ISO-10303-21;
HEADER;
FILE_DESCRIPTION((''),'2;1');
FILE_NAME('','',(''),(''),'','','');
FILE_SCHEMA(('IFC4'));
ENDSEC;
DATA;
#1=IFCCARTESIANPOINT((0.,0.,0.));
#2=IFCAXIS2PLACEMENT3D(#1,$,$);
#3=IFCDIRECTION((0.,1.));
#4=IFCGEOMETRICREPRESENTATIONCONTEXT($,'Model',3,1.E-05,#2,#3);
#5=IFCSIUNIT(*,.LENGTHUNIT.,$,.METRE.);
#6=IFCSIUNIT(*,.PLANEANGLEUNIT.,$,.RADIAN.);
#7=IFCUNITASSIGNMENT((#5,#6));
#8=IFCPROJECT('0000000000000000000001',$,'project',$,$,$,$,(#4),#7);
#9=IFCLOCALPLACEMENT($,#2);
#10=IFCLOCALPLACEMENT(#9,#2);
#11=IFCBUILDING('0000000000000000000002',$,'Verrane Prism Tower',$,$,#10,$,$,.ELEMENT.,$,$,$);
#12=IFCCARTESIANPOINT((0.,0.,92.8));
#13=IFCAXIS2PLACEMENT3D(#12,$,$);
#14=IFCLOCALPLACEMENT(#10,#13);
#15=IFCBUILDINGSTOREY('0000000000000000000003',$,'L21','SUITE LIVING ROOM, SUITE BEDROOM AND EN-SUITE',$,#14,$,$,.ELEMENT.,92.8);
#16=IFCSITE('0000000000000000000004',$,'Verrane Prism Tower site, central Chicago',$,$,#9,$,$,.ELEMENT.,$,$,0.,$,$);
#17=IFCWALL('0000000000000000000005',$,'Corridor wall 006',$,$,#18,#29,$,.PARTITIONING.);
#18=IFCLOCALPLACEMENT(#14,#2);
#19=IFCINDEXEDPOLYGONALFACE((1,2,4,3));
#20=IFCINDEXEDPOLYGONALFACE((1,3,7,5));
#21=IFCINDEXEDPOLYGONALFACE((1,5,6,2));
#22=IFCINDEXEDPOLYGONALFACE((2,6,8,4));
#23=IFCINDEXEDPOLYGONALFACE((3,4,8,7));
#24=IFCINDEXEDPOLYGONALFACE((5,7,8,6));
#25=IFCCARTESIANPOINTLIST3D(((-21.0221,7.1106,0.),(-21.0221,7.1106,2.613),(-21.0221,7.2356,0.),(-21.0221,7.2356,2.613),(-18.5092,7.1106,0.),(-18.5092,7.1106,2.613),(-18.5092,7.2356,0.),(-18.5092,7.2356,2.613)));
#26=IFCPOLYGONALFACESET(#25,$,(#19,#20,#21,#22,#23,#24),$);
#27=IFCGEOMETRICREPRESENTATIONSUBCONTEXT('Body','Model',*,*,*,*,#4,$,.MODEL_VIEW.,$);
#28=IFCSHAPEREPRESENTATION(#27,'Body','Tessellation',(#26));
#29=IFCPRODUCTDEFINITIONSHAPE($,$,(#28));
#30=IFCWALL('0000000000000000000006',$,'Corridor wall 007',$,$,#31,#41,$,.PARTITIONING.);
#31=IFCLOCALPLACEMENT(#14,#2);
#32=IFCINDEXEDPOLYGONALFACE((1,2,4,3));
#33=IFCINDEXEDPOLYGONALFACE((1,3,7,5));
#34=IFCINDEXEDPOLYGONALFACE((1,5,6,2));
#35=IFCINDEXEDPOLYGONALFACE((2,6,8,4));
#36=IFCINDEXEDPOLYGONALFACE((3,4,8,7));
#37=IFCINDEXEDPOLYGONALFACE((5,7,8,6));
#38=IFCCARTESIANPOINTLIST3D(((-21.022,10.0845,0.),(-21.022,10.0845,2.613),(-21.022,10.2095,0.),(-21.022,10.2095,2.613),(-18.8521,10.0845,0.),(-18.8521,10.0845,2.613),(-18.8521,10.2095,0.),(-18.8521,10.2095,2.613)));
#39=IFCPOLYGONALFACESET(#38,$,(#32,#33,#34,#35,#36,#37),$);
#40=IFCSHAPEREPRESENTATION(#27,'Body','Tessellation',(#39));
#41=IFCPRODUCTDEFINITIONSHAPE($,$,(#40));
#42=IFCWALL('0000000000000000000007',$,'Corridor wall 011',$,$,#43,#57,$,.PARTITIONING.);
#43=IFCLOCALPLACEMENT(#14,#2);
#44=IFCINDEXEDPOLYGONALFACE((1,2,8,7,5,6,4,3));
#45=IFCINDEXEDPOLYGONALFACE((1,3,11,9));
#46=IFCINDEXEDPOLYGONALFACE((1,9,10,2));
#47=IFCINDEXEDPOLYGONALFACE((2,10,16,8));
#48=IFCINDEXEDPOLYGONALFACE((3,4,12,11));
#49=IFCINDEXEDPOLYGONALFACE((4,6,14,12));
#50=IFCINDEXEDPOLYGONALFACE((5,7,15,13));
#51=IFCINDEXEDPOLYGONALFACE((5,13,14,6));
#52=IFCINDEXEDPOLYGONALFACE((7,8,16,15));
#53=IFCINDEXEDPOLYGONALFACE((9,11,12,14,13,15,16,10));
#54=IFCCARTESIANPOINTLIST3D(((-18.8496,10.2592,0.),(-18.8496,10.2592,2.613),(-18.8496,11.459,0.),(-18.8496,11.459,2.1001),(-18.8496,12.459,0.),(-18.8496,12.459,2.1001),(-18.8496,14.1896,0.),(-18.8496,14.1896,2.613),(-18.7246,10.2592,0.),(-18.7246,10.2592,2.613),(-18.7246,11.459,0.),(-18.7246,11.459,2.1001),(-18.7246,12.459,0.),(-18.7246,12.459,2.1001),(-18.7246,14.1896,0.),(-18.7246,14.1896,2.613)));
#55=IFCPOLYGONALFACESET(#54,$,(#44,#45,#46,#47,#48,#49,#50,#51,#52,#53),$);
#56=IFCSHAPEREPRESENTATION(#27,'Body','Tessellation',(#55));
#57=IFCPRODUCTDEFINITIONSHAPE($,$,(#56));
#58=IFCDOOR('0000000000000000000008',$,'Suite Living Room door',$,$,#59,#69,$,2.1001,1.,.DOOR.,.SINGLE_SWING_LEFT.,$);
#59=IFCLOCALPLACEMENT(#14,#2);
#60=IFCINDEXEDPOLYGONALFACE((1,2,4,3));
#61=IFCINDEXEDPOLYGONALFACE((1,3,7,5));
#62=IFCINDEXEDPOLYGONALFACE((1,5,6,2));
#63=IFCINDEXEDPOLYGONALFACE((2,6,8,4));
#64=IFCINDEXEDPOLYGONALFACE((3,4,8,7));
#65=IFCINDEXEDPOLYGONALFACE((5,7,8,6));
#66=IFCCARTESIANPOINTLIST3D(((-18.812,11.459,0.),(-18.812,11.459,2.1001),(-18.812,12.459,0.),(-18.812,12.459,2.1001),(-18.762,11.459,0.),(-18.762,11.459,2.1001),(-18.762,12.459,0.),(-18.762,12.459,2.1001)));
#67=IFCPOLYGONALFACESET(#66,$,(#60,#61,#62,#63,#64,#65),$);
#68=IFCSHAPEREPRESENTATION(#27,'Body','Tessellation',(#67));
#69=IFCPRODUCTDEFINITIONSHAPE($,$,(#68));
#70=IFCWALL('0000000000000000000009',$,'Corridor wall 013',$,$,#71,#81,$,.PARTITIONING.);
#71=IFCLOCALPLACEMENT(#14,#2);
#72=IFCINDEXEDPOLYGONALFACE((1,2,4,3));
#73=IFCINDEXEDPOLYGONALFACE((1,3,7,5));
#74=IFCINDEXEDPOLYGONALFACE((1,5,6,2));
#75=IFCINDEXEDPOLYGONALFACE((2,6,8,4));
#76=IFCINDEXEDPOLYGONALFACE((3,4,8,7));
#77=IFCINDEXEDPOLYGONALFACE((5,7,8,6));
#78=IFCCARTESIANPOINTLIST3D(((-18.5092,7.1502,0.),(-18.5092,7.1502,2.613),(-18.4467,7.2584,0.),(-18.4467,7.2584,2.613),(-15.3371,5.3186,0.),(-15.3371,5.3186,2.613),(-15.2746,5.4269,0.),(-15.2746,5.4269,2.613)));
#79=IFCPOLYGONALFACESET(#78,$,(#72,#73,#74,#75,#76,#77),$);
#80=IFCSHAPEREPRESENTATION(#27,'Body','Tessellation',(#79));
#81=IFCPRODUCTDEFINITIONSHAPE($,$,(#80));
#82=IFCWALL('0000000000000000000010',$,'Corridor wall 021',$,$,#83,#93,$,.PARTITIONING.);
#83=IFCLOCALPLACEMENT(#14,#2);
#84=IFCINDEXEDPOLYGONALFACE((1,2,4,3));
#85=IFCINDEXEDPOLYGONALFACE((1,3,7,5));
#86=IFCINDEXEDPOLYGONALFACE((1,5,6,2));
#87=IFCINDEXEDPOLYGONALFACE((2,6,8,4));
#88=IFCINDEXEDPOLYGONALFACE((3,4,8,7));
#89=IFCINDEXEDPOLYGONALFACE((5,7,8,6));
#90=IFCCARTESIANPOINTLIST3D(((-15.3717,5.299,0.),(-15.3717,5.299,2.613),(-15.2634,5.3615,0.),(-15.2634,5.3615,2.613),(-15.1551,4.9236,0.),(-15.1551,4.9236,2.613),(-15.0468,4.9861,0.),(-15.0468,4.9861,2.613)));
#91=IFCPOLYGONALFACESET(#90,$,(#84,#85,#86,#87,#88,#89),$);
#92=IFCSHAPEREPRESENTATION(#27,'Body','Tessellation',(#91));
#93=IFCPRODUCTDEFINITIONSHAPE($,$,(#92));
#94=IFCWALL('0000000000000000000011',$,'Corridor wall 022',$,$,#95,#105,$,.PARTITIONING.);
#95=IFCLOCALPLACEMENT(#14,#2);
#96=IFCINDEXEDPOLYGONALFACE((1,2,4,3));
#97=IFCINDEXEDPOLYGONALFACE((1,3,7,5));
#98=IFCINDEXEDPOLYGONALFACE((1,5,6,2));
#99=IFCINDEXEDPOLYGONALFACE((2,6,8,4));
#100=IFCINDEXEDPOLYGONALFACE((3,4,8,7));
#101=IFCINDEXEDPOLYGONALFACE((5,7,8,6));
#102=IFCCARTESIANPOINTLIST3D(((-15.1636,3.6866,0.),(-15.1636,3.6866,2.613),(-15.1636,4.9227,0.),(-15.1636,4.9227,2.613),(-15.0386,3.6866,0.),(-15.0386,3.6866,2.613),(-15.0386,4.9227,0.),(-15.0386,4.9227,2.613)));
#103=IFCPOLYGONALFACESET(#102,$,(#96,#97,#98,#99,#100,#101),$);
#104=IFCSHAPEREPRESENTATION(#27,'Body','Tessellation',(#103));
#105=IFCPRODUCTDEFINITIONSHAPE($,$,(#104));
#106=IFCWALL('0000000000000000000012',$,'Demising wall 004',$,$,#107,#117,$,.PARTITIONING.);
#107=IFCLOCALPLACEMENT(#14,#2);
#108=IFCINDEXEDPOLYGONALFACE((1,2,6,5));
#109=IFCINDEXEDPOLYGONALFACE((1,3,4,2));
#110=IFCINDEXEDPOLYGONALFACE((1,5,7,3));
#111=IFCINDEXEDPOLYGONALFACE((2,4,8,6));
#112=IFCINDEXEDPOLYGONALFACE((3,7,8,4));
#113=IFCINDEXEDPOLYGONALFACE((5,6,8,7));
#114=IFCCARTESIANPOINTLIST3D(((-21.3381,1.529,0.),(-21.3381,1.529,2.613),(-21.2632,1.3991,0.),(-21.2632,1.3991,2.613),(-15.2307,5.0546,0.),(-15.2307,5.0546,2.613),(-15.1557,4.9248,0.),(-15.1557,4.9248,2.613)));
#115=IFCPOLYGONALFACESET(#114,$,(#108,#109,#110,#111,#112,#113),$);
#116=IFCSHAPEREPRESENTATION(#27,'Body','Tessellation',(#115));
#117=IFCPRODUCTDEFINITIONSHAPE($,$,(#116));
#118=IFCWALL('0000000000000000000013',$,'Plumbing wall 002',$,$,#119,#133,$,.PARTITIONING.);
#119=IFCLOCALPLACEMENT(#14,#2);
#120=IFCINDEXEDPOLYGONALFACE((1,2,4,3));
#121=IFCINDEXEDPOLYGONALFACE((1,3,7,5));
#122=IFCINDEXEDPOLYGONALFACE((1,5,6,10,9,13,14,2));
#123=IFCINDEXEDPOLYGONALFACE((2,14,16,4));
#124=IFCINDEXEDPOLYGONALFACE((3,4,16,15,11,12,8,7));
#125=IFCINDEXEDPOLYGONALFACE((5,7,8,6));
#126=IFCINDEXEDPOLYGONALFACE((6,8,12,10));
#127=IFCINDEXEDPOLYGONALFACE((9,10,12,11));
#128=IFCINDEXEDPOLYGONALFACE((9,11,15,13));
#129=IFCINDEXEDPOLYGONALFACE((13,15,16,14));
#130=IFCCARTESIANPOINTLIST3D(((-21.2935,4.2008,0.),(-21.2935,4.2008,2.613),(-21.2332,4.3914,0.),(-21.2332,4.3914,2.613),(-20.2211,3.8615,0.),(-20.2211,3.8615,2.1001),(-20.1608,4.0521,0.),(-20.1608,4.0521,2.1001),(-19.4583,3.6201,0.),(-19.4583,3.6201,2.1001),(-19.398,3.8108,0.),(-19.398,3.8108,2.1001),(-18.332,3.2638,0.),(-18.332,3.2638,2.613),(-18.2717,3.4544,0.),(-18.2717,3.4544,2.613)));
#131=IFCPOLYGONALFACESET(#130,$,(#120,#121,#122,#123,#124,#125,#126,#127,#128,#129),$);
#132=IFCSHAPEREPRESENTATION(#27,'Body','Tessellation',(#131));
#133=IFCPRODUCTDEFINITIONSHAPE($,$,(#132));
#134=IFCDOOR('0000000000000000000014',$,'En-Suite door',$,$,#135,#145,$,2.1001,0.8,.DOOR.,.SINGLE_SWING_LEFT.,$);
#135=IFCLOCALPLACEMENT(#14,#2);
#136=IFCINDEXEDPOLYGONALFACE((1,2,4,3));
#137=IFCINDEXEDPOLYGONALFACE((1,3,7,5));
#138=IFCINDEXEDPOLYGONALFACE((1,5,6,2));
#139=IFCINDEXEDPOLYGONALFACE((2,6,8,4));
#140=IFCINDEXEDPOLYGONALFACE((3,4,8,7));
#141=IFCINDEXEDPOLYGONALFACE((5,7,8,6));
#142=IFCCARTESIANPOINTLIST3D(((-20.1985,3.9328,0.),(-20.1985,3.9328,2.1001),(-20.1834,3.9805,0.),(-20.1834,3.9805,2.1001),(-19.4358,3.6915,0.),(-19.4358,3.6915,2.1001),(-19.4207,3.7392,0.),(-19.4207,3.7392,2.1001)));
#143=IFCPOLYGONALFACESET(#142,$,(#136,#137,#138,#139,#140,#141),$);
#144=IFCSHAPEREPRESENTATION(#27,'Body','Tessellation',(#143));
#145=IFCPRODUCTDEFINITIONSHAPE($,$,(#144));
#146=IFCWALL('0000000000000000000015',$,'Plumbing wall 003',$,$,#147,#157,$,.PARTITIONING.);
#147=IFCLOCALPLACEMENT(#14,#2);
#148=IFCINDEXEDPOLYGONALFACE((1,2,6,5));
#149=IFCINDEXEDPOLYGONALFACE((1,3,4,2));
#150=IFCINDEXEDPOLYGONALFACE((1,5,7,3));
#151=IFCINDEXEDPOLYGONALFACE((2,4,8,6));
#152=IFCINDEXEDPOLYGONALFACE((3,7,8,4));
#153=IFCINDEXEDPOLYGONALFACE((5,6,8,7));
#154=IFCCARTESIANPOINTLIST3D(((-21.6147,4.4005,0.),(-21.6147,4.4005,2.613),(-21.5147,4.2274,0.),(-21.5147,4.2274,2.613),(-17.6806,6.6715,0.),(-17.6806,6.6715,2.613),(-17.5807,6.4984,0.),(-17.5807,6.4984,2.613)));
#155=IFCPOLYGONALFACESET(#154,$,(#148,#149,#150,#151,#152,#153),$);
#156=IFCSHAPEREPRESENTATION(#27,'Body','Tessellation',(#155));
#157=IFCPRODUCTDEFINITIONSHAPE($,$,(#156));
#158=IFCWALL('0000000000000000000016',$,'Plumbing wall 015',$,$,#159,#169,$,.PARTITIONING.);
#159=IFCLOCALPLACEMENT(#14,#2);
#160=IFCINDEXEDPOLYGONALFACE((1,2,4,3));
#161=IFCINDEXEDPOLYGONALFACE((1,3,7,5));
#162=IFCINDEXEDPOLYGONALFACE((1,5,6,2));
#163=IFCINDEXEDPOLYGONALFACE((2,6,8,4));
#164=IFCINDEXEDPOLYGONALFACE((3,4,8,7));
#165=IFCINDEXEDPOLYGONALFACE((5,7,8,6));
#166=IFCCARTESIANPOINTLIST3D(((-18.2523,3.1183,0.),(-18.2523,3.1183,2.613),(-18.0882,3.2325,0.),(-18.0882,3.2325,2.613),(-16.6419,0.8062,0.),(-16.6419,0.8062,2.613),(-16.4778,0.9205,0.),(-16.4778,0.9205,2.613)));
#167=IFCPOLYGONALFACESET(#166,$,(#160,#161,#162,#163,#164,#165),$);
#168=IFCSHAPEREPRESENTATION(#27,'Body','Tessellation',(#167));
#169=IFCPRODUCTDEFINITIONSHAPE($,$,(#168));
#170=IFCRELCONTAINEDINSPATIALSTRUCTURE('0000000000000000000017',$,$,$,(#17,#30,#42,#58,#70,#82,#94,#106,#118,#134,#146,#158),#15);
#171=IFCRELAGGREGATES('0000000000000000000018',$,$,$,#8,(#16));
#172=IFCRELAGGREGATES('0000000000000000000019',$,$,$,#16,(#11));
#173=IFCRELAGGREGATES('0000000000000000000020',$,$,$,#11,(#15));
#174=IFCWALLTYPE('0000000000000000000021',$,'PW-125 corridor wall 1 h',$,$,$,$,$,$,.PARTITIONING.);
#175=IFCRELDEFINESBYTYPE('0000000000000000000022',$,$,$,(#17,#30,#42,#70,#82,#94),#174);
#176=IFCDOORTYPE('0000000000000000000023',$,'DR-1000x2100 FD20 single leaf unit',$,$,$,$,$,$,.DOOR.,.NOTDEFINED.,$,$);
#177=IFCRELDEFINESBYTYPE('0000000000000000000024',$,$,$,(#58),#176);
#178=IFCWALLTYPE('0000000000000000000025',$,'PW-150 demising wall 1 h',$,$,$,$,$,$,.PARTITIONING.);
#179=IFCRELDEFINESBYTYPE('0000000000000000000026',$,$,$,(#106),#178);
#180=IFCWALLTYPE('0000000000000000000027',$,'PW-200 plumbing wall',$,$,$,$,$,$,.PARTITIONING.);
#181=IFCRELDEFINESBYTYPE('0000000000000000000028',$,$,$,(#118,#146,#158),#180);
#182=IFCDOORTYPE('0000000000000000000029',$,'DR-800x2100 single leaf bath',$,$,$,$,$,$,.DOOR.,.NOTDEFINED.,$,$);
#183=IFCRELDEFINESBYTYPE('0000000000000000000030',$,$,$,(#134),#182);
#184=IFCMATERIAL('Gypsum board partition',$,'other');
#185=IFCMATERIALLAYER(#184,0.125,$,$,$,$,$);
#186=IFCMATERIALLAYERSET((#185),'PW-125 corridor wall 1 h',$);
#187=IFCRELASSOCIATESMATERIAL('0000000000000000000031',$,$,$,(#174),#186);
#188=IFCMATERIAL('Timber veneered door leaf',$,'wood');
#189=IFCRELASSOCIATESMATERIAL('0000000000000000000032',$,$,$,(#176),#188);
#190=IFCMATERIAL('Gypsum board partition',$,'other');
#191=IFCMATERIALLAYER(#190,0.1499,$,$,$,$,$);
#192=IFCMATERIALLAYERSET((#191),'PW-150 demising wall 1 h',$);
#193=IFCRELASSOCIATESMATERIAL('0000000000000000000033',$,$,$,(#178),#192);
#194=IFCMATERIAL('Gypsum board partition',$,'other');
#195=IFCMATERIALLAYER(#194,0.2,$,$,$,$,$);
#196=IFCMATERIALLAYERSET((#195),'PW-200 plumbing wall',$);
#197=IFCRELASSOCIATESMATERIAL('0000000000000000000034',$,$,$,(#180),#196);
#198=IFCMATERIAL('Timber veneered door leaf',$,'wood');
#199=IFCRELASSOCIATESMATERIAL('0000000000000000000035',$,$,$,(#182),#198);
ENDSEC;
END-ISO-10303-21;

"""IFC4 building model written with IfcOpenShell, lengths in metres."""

from ifc_helpers import new_model, si_unit, direction, frame, frame_2d, origin, place, context, subcontext, project, spatial, rectangle, extrude, material, layer, layer_set, type_object, element, fill, save


model = new_model("IFC4")

# Units and contexts
model_context = context("Model", 3, precision=1e-05, world=origin(), true_north=direction((0.0, 1.0)))
body_context = subcontext(model_context, "Body", "Model", "MODEL_VIEW")
ifc_project = project(units=[si_unit("LENGTHUNIT", "METRE"), si_unit("PLANEANGLEUNIT", "RADIAN")], contexts=[model_context])

# Site, building, storey
site_placement = place(None, origin())
site = spatial("IfcSite", under=ifc_project, at=site_placement, Name="Verrane Prism Tower site, central Chicago", CompositionType="ELEMENT", RefElevation=0.0)
building_placement = place(site_placement, origin())
building = spatial("IfcBuilding", under=site, at=building_placement, Name="Verrane Prism Tower", CompositionType="ELEMENT")
storey_placement = place(building_placement, frame((0.0, 0.0, 92.8)))
storey = spatial("IfcBuildingStorey", under=building, at=storey_placement, Name="L21", Description="SUITE LIVING ROOM, SUITE BEDROOM AND EN-SUITE", CompositionType="ELEMENT", Elevation=92.8)

# Walls
ifc_material_1 = material(Name="Gypsum board partition", Category="other")
ifc_layer_1 = layer(ifc_material_1, 0.125)
ifc_layer_set_1 = layer_set([ifc_layer_1], Name="PW-125 corridor wall 1 h")
wall_type_1 = type_object("IfcWallType", Name="PW-125 corridor wall 1 h", PredefinedType="PARTITIONING", material=ifc_layer_set_1)
wall_1_placement = place(storey_placement, frame((-21.022, 7.1731, 0.0), z_axis=(0.0, 0.0, 1.0), x_axis=(1.0, 0.0, 0.0)))
element("IfcWall", 1, at=wall_1_placement, inside=storey, type_object=wall_type_1, Name="Corridor wall 006", PredefinedType="PARTITIONING", context=body_context, shape_type="SweptSolid", body=[
    extrude(rectangle(XDim=2.5129, YDim=0.125, at=frame_2d((1.2563, 0.0))), origin(), (0.0, 0.0, 1.0), 2.613),
])
wall_2_placement = place(storey_placement, frame((-21.022, 10.147, 0.0), z_axis=(0.0, 0.0, 1.0), x_axis=(1.0, 0.0, 0.0)))
element("IfcWall", 2, at=wall_2_placement, inside=storey, type_object=wall_type_1, Name="Corridor wall 007", PredefinedType="PARTITIONING", context=body_context, shape_type="SweptSolid", body=[
    extrude(rectangle(XDim=2.1699, YDim=0.125, at=frame_2d((1.085, 0.0))), origin(), (0.0, 0.0, 1.0), 2.613),
])

# Wall, opening, door
wall_3_placement = place(storey_placement, frame((-18.7871, 10.259, 0.0), z_axis=(0.0, 0.0, 1.0), x_axis=(0.0, 1.0, 0.0)))
wall_3 = element("IfcWall", 3, at=wall_3_placement, inside=storey, type_object=wall_type_1, Name="Corridor wall 011", PredefinedType="PARTITIONING", context=body_context, shape_type="SweptSolid", body=[
    extrude(rectangle(XDim=3.9304, YDim=0.125, at=frame_2d((1.9653, 0.0))), origin(), (0.0, 0.0, 1.0), 2.613),
])
opening_1_placement = place(wall_3_placement, frame((1.2, 0.0, 0.0)))
opening_1 = element("IfcOpeningElement", 4, at=opening_1_placement, cuts=wall_3, PredefinedType="OPENING", context=body_context, shape_type="SweptSolid", body=[
    extrude(rectangle(XDim=1.0, YDim=2.1001, at=frame_2d((0.5, 1.05))), frame((0.0, 0.0725, 0.0), z_axis=(0.0, -1.0, 0.0), x_axis=(1.0, 0.0, 0.0)), (0.0, 0.0, 1.0), 0.145),
])
ifc_material_2 = material(Name="Timber veneered door leaf", Category="wood")
door_type_1 = type_object("IfcDoorType", Name="DR-1000x2100 FD20 single leaf unit", OperationType="NOTDEFINED", PredefinedType="DOOR", material=ifc_material_2)
door_1_placement = place(opening_1_placement, origin())
door_1 = element("IfcDoor", 5, at=door_1_placement, inside=storey, type_object=door_type_1, Name="Suite Living Room door", OperationType="SINGLE_SWING_LEFT", OverallHeight=2.1001, OverallWidth=1.0, PredefinedType="DOOR", context=body_context, shape_type="SweptSolid", body=[
    extrude(rectangle(XDim=1.0, YDim=2.1001, at=frame_2d((0.5, 1.05))), frame((0.0, 0.0249, 0.0), z_axis=(0.0, -1.0, 0.0), x_axis=(1.0, 0.0, 0.0)), (0.0, 0.0, 1.0), 0.05),
])
fill(opening_1, door_1)

# Walls
wall_4_placement = place(storey_placement, frame((-18.478, 7.2043, 0.0), z_axis=(0.0, 0.0, 1.0), x_axis=(0.866011, -0.500024, 0.0)))
element("IfcWall", 6, at=wall_4_placement, inside=storey, type_object=wall_type_1, Name="Corridor wall 013", PredefinedType="PARTITIONING", context=body_context, shape_type="SweptSolid", body=[
    extrude(rectangle(XDim=3.6628, YDim=0.125, at=frame_2d((1.8315, 0.0))), origin(), (0.0, 0.0, 1.0), 2.613),
])
wall_5_placement = place(storey_placement, frame((-15.3176, 5.3303, 0.0), z_axis=(0.0, 0.0, 1.0), x_axis=(0.499836, -0.86612, 0.0)))
element("IfcWall", 7, at=wall_5_placement, inside=storey, type_object=wall_type_1, Name="Corridor wall 021", PredefinedType="PARTITIONING", context=body_context, shape_type="SweptSolid", body=[
    extrude(rectangle(XDim=0.4333, YDim=0.125, at=frame_2d((0.2168, 0.0))), origin(), (0.0, 0.0, 1.0), 2.613),
])
wall_6_placement = place(storey_placement, frame((-15.1011, 3.6865, 0.0), z_axis=(0.0, 0.0, 1.0), x_axis=(0.0, 1.0, 0.0)))
element("IfcWall", 8, at=wall_6_placement, inside=storey, type_object=wall_type_1, Name="Corridor wall 022", PredefinedType="PARTITIONING", context=body_context, shape_type="SweptSolid", body=[
    extrude(rectangle(XDim=1.2361, YDim=0.125, at=frame_2d((0.6182, 0.0))), origin(), (0.0, 0.0, 1.0), 2.613),
])
ifc_material_3 = material(Name="Gypsum board partition", Category="other")
ifc_layer_2 = layer(ifc_material_3, 0.1499)
ifc_layer_set_2 = layer_set([ifc_layer_2], Name="PW-150 demising wall 1 h")
wall_type_2 = type_object("IfcWallType", Name="PW-150 demising wall 1 h", PredefinedType="PARTITIONING", material=ifc_layer_set_2)
wall_7_placement = place(storey_placement, frame((-21.3005, 1.4641, 0.0), z_axis=(0.0, 0.0, 1.0), x_axis=(0.866055, 0.499948, 0.0)))
element("IfcWall", 9, at=wall_7_placement, inside=storey, type_object=wall_type_2, Name="Demising wall 004", PredefinedType="PARTITIONING", context=body_context, shape_type="SweptSolid", body=[
    extrude(rectangle(XDim=7.052, YDim=0.1499, at=frame_2d((3.5259, 0.0))), origin(), (0.0, 0.0, 1.0), 2.613),
])

# Wall, opening, door
ifc_material_4 = material(Name="Gypsum board partition", Category="other")
ifc_layer_3 = layer(ifc_material_4, 0.2)
ifc_layer_set_3 = layer_set([ifc_layer_3], Name="PW-200 plumbing wall")
wall_type_3 = type_object("IfcWallType", Name="PW-200 plumbing wall", PredefinedType="PARTITIONING", material=ifc_layer_set_3)
wall_8_placement = place(storey_placement, frame((-21.2634, 4.2961, 0.0), z_axis=(0.0, 0.0, 1.0), x_axis=(0.953414, -0.301665, 0.0)))
wall_8 = element("IfcWall", 10, at=wall_8_placement, inside=storey, type_object=wall_type_3, Name="Plumbing wall 002", PredefinedType="PARTITIONING", context=body_context, shape_type="SweptSolid", body=[
    extrude(rectangle(XDim=3.1062, YDim=0.2, at=frame_2d((1.5532, 0.0))), origin(), (0.0, 0.0, 1.0), 2.613),
])
opening_2_placement = place(wall_8_placement, frame((1.125, 0.0, 0.0)))
opening_2 = element("IfcOpeningElement", 11, at=opening_2_placement, cuts=wall_8, PredefinedType="OPENING", context=body_context, shape_type="SweptSolid", body=[
    extrude(rectangle(XDim=0.8, YDim=2.1001, at=frame_2d((0.3999, 1.05))), frame((0.0, 0.1099, 0.0), z_axis=(0.0, -1.0, 0.0), x_axis=(1.0, 0.0, 0.0)), (0.0, 0.0, 1.0), 0.22),
])
ifc_material_5 = material(Name="Timber veneered door leaf", Category="wood")
door_type_2 = type_object("IfcDoorType", Name="DR-800x2100 single leaf bath", OperationType="NOTDEFINED", PredefinedType="DOOR", material=ifc_material_5)
door_2_placement = place(opening_2_placement, origin())
door_2 = element("IfcDoor", 12, at=door_2_placement, inside=storey, type_object=door_type_2, Name="En-Suite door", OperationType="SINGLE_SWING_LEFT", OverallHeight=2.1001, OverallWidth=0.8, PredefinedType="DOOR", context=body_context, shape_type="SweptSolid", body=[
    extrude(rectangle(XDim=0.8, YDim=2.1001, at=frame_2d((0.3999, 1.05))), frame((0.0, 0.0249, 0.0), z_axis=(0.0, -1.0, 0.0), x_axis=(1.0, 0.0, 0.0)), (0.0, 0.0, 1.0), 0.05),
])
fill(opening_2, door_2)

# Walls
wall_9_placement = place(storey_placement, frame((-21.5647, 4.314, 0.0), z_axis=(0.0, 0.0, 1.0), x_axis=(0.866059, 0.499943, 0.0)))
element("IfcWall", 13, at=wall_9_placement, inside=storey, type_object=wall_type_3, Name="Plumbing wall 003", PredefinedType="PARTITIONING", context=body_context, shape_type="SweptSolid", body=[
    extrude(rectangle(XDim=4.5425, YDim=0.2, at=frame_2d((2.2712, 0.0))), origin(), (0.0, 0.0, 1.0), 2.613),
])
wall_10_placement = place(storey_placement, frame((-18.1702, 3.1753, 0.0), z_axis=(0.0, 0.0, 1.0), x_axis=(0.571542, -0.820573, 0.0)))
element("IfcWall", 14, at=wall_10_placement, inside=storey, type_object=wall_type_3, Name="Plumbing wall 015", PredefinedType="PARTITIONING", context=body_context, shape_type="SweptSolid", body=[
    extrude(rectangle(XDim=2.8176, YDim=0.2, at=frame_2d((1.4087, 0.0))), origin(), (0.0, 0.0, 1.0), 2.613),
])

save(model, "model.ifc")
